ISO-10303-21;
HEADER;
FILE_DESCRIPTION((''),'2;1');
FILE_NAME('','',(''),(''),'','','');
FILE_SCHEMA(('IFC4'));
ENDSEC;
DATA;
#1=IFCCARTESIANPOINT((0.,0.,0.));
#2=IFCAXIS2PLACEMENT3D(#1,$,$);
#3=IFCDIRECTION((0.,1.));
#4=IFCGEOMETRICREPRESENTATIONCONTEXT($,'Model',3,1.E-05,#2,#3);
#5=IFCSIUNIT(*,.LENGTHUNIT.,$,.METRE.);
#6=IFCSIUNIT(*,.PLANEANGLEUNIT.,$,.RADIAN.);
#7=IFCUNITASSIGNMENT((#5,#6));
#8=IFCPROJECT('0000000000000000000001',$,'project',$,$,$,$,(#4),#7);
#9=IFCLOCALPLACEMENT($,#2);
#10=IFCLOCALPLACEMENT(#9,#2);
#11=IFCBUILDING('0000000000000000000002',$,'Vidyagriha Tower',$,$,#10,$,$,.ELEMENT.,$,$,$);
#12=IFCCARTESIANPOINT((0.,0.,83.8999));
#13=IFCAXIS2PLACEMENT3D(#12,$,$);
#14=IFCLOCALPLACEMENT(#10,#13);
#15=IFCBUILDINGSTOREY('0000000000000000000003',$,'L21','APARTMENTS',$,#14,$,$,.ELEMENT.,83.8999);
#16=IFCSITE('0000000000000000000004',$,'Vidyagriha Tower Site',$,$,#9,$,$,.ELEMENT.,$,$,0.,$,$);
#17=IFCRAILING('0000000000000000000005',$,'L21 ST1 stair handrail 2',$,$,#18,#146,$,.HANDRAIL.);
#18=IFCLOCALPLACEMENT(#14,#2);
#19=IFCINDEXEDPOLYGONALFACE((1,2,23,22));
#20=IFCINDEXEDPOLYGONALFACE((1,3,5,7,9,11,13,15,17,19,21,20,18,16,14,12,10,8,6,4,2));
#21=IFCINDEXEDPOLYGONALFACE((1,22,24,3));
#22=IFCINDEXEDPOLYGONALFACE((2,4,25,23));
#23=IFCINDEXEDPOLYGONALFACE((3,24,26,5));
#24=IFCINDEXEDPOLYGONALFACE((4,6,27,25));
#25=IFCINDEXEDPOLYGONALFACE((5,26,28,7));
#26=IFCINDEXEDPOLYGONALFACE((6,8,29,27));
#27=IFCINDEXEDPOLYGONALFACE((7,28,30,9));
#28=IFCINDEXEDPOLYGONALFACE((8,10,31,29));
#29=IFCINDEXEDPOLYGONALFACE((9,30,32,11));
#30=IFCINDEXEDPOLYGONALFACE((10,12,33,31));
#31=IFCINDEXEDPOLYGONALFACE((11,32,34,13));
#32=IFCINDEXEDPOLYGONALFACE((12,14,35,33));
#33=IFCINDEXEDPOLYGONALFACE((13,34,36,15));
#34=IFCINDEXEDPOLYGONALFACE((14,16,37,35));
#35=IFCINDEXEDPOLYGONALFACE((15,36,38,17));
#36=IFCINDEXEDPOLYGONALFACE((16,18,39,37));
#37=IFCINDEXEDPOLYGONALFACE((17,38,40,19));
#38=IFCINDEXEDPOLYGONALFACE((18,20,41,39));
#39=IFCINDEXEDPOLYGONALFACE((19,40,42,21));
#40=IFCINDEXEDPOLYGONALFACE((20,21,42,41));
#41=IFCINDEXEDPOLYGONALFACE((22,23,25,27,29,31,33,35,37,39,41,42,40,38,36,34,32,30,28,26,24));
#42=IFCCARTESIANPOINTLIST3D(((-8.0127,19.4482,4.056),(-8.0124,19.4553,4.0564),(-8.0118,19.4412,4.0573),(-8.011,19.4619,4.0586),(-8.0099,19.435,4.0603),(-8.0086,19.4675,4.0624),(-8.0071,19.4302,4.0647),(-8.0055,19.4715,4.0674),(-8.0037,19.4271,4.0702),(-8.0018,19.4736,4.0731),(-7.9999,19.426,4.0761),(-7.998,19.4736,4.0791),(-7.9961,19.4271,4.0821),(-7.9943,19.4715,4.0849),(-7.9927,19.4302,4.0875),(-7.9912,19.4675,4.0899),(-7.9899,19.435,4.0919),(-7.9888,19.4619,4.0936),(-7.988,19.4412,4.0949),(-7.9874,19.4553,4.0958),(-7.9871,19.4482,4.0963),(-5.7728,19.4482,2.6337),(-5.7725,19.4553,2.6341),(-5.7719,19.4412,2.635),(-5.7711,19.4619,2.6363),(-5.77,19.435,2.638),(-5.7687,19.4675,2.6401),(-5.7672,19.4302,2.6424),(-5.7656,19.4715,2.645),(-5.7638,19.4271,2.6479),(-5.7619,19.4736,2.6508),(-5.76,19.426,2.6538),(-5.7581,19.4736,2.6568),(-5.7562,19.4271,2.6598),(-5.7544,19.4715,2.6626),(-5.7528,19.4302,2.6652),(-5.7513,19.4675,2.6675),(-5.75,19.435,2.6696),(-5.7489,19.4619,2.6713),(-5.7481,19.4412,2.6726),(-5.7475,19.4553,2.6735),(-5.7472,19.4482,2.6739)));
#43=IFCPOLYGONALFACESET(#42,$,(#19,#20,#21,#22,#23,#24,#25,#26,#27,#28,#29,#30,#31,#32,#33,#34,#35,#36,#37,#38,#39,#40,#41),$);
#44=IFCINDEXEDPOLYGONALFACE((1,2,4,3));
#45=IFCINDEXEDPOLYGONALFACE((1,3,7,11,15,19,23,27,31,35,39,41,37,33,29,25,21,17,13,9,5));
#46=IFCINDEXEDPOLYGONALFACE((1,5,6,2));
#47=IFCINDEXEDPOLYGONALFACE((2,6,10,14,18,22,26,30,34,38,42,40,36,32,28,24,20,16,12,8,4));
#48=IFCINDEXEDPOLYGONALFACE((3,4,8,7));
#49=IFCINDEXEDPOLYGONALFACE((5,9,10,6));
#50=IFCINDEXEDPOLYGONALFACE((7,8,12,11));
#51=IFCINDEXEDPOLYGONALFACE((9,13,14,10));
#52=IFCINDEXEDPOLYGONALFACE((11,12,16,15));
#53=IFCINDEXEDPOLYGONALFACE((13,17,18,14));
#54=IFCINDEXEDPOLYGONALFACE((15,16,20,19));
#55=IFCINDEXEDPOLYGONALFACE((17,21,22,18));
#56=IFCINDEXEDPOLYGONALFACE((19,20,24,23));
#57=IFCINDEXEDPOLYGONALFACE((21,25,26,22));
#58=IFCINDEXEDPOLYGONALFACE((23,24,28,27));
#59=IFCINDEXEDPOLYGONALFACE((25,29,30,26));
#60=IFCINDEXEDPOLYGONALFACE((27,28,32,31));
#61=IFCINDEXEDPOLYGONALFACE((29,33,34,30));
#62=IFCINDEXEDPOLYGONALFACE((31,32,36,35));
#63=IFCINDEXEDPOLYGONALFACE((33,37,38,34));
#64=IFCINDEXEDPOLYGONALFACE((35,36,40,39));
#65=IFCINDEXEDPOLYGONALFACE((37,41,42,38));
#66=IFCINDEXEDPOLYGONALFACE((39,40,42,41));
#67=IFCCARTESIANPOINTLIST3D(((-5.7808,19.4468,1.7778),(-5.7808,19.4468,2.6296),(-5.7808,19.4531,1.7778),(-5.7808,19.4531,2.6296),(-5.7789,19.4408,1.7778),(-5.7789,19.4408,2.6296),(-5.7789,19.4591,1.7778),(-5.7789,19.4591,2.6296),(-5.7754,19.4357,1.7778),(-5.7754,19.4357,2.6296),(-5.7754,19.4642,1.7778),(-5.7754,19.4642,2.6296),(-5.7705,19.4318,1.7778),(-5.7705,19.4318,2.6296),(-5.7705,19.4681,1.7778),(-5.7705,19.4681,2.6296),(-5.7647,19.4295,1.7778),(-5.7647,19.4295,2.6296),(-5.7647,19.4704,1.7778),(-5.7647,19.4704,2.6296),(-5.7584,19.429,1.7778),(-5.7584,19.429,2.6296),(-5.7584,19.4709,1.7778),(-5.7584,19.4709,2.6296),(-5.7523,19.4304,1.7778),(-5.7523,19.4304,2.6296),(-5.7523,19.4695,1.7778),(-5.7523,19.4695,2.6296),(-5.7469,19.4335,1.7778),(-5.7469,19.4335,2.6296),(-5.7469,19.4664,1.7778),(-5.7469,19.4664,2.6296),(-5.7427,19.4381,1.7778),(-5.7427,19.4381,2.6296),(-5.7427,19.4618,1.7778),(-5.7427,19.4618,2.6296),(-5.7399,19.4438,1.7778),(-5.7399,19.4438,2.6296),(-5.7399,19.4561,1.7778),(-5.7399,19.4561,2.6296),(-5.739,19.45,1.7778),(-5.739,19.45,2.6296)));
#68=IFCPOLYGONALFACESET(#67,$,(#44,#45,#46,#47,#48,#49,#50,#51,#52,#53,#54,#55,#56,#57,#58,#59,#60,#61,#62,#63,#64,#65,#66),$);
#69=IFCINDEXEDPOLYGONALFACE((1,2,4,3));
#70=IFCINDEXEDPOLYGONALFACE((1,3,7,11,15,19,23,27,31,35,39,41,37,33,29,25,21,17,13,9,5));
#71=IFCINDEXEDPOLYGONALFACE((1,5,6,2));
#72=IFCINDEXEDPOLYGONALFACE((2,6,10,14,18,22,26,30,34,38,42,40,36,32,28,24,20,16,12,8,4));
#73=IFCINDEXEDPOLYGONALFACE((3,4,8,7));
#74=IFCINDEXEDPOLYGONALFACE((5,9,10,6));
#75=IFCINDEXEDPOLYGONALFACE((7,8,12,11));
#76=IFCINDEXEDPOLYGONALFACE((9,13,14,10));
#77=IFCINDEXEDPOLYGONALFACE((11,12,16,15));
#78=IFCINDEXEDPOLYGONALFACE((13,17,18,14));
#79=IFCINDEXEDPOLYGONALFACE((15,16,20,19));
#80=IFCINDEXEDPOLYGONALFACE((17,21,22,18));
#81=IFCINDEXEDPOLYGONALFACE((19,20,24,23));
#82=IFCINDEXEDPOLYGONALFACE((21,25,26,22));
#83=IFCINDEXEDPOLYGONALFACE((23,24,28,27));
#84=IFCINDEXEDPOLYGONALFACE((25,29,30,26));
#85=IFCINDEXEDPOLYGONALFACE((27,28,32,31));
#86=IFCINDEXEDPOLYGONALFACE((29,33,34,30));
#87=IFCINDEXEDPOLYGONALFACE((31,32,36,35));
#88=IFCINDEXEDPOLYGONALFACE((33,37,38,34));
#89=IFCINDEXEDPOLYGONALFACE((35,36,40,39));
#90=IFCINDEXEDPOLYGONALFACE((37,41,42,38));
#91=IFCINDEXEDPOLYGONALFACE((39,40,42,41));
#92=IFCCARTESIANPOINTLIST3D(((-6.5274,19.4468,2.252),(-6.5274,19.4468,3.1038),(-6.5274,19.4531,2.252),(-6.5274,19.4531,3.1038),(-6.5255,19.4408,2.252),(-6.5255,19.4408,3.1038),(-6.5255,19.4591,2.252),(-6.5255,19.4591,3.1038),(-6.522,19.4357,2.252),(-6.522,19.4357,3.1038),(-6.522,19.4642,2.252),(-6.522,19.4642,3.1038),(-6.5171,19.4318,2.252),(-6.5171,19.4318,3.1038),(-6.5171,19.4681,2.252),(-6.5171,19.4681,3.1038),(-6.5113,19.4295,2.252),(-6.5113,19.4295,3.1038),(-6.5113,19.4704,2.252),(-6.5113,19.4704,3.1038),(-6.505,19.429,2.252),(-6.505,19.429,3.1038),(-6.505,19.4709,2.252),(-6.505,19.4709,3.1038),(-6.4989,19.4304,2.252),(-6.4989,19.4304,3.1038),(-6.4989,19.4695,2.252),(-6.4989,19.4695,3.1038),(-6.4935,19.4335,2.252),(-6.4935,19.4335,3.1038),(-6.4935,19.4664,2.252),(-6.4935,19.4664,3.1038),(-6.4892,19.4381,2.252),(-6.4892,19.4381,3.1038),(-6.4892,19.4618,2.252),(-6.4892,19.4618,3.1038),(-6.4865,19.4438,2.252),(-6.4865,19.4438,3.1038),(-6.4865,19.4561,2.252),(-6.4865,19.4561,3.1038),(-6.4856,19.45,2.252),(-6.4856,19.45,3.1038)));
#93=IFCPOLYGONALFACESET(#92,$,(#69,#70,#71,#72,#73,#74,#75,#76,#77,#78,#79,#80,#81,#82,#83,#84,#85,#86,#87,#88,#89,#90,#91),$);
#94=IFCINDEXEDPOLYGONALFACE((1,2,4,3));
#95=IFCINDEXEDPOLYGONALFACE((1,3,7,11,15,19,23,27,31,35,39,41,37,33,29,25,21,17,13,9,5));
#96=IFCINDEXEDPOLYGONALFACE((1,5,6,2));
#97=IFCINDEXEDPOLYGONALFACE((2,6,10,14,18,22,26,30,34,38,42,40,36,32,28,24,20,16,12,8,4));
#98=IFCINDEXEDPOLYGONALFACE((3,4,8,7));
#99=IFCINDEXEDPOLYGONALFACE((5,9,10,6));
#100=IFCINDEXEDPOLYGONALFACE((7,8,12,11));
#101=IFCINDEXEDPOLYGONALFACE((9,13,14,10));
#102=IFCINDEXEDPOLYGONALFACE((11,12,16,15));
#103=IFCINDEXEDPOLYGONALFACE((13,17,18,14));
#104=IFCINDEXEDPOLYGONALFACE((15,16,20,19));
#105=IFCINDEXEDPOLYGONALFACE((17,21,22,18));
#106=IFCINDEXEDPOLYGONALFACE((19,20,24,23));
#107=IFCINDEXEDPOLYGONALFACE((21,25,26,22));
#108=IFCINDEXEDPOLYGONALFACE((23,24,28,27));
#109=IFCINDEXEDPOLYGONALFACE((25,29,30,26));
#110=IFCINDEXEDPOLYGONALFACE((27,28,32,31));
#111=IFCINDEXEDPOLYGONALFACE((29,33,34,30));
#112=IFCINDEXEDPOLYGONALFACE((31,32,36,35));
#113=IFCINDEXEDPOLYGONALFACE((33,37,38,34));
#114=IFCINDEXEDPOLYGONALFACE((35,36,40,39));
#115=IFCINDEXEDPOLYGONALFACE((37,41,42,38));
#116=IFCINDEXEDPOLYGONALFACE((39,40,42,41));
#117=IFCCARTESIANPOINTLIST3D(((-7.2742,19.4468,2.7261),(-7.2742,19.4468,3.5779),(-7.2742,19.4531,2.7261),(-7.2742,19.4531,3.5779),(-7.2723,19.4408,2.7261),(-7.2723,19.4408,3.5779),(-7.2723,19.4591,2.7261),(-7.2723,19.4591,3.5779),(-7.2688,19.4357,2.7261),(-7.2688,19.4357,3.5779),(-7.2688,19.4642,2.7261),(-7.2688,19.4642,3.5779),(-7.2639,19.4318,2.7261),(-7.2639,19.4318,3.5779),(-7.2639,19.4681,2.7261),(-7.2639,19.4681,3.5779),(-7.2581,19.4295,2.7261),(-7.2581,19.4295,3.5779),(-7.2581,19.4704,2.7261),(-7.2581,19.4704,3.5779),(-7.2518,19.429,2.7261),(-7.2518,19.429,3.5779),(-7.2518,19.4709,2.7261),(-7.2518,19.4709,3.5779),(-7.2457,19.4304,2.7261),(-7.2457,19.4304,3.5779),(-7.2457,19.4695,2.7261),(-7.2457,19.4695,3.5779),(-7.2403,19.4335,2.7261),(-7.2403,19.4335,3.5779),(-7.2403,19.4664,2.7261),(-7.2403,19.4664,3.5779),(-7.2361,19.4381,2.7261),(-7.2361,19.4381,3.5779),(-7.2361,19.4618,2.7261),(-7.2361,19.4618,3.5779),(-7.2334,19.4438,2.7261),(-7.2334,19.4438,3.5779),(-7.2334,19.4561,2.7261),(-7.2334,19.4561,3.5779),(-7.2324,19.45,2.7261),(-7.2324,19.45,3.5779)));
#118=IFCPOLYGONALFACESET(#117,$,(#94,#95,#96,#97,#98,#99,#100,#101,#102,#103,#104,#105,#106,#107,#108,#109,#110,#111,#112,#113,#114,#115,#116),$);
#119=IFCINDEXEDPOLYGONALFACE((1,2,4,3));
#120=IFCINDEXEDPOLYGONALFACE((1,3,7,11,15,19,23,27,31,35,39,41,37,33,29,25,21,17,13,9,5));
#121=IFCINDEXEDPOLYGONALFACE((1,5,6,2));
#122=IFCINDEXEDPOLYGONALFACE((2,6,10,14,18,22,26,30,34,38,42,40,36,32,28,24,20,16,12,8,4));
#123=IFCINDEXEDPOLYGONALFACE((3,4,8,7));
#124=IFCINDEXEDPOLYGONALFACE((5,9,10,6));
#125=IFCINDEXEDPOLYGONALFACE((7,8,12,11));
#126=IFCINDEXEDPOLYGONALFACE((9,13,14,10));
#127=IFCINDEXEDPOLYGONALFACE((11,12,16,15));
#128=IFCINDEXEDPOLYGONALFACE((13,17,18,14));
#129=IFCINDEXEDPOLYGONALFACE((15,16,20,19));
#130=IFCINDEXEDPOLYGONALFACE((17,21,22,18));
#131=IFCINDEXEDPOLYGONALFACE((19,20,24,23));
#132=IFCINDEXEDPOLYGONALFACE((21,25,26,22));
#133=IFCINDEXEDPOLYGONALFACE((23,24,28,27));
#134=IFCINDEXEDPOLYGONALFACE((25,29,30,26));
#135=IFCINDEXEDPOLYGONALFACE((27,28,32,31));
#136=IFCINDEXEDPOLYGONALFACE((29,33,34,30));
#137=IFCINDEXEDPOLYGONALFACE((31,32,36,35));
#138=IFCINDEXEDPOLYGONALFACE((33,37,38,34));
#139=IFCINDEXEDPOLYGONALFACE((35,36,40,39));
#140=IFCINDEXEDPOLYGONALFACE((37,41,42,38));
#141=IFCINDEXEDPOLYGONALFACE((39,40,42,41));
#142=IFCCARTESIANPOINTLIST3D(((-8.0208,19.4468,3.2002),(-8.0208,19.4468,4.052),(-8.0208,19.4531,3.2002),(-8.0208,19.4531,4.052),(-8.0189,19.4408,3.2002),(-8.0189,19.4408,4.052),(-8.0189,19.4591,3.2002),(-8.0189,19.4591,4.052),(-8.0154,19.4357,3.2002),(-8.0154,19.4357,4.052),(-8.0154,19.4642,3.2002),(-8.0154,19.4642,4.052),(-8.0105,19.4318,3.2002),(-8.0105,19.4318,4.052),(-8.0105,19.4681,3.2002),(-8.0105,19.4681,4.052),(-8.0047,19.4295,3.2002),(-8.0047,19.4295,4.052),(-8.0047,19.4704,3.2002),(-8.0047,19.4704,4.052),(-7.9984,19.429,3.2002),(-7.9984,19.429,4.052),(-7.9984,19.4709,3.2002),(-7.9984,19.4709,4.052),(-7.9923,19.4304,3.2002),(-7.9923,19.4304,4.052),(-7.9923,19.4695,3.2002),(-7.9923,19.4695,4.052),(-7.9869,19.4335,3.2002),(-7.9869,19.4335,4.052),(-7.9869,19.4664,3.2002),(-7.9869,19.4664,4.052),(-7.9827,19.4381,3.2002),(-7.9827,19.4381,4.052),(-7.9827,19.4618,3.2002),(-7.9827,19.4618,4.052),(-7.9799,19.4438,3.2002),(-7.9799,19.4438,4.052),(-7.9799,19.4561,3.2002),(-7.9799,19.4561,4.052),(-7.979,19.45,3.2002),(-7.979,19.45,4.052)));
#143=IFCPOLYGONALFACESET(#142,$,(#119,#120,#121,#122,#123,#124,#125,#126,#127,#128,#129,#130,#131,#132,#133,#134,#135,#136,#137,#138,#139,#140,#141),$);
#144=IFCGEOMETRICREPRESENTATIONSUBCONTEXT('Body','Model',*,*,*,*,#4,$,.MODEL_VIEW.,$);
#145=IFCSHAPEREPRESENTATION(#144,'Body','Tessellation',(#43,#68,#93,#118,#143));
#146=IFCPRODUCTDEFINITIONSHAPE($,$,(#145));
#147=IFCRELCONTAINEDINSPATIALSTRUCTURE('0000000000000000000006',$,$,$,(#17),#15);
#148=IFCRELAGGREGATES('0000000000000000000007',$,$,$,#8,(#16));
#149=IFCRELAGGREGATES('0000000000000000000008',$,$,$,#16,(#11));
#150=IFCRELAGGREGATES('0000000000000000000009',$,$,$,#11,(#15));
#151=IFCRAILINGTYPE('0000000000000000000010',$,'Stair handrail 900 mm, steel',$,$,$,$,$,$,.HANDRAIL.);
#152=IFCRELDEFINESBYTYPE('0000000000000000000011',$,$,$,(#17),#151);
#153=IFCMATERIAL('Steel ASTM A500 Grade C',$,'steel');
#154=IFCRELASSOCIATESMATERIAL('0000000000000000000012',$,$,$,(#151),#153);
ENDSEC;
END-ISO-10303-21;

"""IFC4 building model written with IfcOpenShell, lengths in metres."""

from ifc_helpers import new_model, si_unit, direction, frame, origin, origin_2d, place, context, subcontext, project, spatial, circle, extrude, material, type_object, element, save


model = new_model("IFC4")

# Units and contexts
model_context = context("Model", 3, precision=1e-05, world=origin(), true_north=direction((0.0, 1.0)))
body_context = subcontext(model_context, "Body", "Model", "MODEL_VIEW")
ifc_project = project(units=[si_unit("LENGTHUNIT", "METRE"), si_unit("PLANEANGLEUNIT", "RADIAN")], contexts=[model_context])

# Site, building, storey
site_placement = place(None, origin())
site = spatial("IfcSite", under=ifc_project, at=site_placement, Name="Vidyagriha Tower Site", CompositionType="ELEMENT", RefElevation=0.0)
building_placement = place(site_placement, origin())
building = spatial("IfcBuilding", under=site, at=building_placement, Name="Vidyagriha Tower", CompositionType="ELEMENT")
storey_placement = place(building_placement, frame((0.0, 0.0, 83.8999)))
storey = spatial("IfcBuildingStorey", under=building, at=storey_placement, Name="L21", Description="APARTMENTS", CompositionType="ELEMENT", Elevation=83.8999)

# Railing
ifc_material_1 = material(Name="Steel ASTM A500 Grade C", Category="steel")
railing_type_1 = type_object("IfcRailingType", Name="Stair handrail 900 mm, steel", PredefinedType="HANDRAIL", material=ifc_material_1)
railing_1_placement = place(storey_placement, frame((-5.76, 19.45, 1.7778)))
element("IfcRailing", 1, at=railing_1_placement, inside=storey, type_object=railing_type_1, Name="L21 ST1 stair handrail 2", PredefinedType="HANDRAIL", context=body_context, shape_type="SweptSolid", body=[
    extrude(circle(Radius=0.0239, at=origin_2d()), frame((0.0, 0.0, 0.876), z_axis=(-0.844188, 0.0, 0.536048), x_axis=(0.0, -1.0, 0.0)), (0.0, 0.0, 1.0), 2.6533),
    extrude(circle(Radius=0.021, at=origin_2d()), origin(), (0.0, 0.0, 1.0), 0.8518),
    extrude(circle(Radius=0.021, at=origin_2d()), frame((-0.7466, 0.0, 0.4741)), (0.0, 0.0, 1.0), 0.8518),
    extrude(circle(Radius=0.021, at=origin_2d()), frame((-1.4934, 0.0, 0.9482)), (0.0, 0.0, 1.0), 0.8518),
    extrude(circle(Radius=0.021, at=origin_2d()), frame((-2.24, 0.0, 1.4224)), (0.0, 0.0, 1.0), 0.8518),
])

save(model, "model.ifc")
